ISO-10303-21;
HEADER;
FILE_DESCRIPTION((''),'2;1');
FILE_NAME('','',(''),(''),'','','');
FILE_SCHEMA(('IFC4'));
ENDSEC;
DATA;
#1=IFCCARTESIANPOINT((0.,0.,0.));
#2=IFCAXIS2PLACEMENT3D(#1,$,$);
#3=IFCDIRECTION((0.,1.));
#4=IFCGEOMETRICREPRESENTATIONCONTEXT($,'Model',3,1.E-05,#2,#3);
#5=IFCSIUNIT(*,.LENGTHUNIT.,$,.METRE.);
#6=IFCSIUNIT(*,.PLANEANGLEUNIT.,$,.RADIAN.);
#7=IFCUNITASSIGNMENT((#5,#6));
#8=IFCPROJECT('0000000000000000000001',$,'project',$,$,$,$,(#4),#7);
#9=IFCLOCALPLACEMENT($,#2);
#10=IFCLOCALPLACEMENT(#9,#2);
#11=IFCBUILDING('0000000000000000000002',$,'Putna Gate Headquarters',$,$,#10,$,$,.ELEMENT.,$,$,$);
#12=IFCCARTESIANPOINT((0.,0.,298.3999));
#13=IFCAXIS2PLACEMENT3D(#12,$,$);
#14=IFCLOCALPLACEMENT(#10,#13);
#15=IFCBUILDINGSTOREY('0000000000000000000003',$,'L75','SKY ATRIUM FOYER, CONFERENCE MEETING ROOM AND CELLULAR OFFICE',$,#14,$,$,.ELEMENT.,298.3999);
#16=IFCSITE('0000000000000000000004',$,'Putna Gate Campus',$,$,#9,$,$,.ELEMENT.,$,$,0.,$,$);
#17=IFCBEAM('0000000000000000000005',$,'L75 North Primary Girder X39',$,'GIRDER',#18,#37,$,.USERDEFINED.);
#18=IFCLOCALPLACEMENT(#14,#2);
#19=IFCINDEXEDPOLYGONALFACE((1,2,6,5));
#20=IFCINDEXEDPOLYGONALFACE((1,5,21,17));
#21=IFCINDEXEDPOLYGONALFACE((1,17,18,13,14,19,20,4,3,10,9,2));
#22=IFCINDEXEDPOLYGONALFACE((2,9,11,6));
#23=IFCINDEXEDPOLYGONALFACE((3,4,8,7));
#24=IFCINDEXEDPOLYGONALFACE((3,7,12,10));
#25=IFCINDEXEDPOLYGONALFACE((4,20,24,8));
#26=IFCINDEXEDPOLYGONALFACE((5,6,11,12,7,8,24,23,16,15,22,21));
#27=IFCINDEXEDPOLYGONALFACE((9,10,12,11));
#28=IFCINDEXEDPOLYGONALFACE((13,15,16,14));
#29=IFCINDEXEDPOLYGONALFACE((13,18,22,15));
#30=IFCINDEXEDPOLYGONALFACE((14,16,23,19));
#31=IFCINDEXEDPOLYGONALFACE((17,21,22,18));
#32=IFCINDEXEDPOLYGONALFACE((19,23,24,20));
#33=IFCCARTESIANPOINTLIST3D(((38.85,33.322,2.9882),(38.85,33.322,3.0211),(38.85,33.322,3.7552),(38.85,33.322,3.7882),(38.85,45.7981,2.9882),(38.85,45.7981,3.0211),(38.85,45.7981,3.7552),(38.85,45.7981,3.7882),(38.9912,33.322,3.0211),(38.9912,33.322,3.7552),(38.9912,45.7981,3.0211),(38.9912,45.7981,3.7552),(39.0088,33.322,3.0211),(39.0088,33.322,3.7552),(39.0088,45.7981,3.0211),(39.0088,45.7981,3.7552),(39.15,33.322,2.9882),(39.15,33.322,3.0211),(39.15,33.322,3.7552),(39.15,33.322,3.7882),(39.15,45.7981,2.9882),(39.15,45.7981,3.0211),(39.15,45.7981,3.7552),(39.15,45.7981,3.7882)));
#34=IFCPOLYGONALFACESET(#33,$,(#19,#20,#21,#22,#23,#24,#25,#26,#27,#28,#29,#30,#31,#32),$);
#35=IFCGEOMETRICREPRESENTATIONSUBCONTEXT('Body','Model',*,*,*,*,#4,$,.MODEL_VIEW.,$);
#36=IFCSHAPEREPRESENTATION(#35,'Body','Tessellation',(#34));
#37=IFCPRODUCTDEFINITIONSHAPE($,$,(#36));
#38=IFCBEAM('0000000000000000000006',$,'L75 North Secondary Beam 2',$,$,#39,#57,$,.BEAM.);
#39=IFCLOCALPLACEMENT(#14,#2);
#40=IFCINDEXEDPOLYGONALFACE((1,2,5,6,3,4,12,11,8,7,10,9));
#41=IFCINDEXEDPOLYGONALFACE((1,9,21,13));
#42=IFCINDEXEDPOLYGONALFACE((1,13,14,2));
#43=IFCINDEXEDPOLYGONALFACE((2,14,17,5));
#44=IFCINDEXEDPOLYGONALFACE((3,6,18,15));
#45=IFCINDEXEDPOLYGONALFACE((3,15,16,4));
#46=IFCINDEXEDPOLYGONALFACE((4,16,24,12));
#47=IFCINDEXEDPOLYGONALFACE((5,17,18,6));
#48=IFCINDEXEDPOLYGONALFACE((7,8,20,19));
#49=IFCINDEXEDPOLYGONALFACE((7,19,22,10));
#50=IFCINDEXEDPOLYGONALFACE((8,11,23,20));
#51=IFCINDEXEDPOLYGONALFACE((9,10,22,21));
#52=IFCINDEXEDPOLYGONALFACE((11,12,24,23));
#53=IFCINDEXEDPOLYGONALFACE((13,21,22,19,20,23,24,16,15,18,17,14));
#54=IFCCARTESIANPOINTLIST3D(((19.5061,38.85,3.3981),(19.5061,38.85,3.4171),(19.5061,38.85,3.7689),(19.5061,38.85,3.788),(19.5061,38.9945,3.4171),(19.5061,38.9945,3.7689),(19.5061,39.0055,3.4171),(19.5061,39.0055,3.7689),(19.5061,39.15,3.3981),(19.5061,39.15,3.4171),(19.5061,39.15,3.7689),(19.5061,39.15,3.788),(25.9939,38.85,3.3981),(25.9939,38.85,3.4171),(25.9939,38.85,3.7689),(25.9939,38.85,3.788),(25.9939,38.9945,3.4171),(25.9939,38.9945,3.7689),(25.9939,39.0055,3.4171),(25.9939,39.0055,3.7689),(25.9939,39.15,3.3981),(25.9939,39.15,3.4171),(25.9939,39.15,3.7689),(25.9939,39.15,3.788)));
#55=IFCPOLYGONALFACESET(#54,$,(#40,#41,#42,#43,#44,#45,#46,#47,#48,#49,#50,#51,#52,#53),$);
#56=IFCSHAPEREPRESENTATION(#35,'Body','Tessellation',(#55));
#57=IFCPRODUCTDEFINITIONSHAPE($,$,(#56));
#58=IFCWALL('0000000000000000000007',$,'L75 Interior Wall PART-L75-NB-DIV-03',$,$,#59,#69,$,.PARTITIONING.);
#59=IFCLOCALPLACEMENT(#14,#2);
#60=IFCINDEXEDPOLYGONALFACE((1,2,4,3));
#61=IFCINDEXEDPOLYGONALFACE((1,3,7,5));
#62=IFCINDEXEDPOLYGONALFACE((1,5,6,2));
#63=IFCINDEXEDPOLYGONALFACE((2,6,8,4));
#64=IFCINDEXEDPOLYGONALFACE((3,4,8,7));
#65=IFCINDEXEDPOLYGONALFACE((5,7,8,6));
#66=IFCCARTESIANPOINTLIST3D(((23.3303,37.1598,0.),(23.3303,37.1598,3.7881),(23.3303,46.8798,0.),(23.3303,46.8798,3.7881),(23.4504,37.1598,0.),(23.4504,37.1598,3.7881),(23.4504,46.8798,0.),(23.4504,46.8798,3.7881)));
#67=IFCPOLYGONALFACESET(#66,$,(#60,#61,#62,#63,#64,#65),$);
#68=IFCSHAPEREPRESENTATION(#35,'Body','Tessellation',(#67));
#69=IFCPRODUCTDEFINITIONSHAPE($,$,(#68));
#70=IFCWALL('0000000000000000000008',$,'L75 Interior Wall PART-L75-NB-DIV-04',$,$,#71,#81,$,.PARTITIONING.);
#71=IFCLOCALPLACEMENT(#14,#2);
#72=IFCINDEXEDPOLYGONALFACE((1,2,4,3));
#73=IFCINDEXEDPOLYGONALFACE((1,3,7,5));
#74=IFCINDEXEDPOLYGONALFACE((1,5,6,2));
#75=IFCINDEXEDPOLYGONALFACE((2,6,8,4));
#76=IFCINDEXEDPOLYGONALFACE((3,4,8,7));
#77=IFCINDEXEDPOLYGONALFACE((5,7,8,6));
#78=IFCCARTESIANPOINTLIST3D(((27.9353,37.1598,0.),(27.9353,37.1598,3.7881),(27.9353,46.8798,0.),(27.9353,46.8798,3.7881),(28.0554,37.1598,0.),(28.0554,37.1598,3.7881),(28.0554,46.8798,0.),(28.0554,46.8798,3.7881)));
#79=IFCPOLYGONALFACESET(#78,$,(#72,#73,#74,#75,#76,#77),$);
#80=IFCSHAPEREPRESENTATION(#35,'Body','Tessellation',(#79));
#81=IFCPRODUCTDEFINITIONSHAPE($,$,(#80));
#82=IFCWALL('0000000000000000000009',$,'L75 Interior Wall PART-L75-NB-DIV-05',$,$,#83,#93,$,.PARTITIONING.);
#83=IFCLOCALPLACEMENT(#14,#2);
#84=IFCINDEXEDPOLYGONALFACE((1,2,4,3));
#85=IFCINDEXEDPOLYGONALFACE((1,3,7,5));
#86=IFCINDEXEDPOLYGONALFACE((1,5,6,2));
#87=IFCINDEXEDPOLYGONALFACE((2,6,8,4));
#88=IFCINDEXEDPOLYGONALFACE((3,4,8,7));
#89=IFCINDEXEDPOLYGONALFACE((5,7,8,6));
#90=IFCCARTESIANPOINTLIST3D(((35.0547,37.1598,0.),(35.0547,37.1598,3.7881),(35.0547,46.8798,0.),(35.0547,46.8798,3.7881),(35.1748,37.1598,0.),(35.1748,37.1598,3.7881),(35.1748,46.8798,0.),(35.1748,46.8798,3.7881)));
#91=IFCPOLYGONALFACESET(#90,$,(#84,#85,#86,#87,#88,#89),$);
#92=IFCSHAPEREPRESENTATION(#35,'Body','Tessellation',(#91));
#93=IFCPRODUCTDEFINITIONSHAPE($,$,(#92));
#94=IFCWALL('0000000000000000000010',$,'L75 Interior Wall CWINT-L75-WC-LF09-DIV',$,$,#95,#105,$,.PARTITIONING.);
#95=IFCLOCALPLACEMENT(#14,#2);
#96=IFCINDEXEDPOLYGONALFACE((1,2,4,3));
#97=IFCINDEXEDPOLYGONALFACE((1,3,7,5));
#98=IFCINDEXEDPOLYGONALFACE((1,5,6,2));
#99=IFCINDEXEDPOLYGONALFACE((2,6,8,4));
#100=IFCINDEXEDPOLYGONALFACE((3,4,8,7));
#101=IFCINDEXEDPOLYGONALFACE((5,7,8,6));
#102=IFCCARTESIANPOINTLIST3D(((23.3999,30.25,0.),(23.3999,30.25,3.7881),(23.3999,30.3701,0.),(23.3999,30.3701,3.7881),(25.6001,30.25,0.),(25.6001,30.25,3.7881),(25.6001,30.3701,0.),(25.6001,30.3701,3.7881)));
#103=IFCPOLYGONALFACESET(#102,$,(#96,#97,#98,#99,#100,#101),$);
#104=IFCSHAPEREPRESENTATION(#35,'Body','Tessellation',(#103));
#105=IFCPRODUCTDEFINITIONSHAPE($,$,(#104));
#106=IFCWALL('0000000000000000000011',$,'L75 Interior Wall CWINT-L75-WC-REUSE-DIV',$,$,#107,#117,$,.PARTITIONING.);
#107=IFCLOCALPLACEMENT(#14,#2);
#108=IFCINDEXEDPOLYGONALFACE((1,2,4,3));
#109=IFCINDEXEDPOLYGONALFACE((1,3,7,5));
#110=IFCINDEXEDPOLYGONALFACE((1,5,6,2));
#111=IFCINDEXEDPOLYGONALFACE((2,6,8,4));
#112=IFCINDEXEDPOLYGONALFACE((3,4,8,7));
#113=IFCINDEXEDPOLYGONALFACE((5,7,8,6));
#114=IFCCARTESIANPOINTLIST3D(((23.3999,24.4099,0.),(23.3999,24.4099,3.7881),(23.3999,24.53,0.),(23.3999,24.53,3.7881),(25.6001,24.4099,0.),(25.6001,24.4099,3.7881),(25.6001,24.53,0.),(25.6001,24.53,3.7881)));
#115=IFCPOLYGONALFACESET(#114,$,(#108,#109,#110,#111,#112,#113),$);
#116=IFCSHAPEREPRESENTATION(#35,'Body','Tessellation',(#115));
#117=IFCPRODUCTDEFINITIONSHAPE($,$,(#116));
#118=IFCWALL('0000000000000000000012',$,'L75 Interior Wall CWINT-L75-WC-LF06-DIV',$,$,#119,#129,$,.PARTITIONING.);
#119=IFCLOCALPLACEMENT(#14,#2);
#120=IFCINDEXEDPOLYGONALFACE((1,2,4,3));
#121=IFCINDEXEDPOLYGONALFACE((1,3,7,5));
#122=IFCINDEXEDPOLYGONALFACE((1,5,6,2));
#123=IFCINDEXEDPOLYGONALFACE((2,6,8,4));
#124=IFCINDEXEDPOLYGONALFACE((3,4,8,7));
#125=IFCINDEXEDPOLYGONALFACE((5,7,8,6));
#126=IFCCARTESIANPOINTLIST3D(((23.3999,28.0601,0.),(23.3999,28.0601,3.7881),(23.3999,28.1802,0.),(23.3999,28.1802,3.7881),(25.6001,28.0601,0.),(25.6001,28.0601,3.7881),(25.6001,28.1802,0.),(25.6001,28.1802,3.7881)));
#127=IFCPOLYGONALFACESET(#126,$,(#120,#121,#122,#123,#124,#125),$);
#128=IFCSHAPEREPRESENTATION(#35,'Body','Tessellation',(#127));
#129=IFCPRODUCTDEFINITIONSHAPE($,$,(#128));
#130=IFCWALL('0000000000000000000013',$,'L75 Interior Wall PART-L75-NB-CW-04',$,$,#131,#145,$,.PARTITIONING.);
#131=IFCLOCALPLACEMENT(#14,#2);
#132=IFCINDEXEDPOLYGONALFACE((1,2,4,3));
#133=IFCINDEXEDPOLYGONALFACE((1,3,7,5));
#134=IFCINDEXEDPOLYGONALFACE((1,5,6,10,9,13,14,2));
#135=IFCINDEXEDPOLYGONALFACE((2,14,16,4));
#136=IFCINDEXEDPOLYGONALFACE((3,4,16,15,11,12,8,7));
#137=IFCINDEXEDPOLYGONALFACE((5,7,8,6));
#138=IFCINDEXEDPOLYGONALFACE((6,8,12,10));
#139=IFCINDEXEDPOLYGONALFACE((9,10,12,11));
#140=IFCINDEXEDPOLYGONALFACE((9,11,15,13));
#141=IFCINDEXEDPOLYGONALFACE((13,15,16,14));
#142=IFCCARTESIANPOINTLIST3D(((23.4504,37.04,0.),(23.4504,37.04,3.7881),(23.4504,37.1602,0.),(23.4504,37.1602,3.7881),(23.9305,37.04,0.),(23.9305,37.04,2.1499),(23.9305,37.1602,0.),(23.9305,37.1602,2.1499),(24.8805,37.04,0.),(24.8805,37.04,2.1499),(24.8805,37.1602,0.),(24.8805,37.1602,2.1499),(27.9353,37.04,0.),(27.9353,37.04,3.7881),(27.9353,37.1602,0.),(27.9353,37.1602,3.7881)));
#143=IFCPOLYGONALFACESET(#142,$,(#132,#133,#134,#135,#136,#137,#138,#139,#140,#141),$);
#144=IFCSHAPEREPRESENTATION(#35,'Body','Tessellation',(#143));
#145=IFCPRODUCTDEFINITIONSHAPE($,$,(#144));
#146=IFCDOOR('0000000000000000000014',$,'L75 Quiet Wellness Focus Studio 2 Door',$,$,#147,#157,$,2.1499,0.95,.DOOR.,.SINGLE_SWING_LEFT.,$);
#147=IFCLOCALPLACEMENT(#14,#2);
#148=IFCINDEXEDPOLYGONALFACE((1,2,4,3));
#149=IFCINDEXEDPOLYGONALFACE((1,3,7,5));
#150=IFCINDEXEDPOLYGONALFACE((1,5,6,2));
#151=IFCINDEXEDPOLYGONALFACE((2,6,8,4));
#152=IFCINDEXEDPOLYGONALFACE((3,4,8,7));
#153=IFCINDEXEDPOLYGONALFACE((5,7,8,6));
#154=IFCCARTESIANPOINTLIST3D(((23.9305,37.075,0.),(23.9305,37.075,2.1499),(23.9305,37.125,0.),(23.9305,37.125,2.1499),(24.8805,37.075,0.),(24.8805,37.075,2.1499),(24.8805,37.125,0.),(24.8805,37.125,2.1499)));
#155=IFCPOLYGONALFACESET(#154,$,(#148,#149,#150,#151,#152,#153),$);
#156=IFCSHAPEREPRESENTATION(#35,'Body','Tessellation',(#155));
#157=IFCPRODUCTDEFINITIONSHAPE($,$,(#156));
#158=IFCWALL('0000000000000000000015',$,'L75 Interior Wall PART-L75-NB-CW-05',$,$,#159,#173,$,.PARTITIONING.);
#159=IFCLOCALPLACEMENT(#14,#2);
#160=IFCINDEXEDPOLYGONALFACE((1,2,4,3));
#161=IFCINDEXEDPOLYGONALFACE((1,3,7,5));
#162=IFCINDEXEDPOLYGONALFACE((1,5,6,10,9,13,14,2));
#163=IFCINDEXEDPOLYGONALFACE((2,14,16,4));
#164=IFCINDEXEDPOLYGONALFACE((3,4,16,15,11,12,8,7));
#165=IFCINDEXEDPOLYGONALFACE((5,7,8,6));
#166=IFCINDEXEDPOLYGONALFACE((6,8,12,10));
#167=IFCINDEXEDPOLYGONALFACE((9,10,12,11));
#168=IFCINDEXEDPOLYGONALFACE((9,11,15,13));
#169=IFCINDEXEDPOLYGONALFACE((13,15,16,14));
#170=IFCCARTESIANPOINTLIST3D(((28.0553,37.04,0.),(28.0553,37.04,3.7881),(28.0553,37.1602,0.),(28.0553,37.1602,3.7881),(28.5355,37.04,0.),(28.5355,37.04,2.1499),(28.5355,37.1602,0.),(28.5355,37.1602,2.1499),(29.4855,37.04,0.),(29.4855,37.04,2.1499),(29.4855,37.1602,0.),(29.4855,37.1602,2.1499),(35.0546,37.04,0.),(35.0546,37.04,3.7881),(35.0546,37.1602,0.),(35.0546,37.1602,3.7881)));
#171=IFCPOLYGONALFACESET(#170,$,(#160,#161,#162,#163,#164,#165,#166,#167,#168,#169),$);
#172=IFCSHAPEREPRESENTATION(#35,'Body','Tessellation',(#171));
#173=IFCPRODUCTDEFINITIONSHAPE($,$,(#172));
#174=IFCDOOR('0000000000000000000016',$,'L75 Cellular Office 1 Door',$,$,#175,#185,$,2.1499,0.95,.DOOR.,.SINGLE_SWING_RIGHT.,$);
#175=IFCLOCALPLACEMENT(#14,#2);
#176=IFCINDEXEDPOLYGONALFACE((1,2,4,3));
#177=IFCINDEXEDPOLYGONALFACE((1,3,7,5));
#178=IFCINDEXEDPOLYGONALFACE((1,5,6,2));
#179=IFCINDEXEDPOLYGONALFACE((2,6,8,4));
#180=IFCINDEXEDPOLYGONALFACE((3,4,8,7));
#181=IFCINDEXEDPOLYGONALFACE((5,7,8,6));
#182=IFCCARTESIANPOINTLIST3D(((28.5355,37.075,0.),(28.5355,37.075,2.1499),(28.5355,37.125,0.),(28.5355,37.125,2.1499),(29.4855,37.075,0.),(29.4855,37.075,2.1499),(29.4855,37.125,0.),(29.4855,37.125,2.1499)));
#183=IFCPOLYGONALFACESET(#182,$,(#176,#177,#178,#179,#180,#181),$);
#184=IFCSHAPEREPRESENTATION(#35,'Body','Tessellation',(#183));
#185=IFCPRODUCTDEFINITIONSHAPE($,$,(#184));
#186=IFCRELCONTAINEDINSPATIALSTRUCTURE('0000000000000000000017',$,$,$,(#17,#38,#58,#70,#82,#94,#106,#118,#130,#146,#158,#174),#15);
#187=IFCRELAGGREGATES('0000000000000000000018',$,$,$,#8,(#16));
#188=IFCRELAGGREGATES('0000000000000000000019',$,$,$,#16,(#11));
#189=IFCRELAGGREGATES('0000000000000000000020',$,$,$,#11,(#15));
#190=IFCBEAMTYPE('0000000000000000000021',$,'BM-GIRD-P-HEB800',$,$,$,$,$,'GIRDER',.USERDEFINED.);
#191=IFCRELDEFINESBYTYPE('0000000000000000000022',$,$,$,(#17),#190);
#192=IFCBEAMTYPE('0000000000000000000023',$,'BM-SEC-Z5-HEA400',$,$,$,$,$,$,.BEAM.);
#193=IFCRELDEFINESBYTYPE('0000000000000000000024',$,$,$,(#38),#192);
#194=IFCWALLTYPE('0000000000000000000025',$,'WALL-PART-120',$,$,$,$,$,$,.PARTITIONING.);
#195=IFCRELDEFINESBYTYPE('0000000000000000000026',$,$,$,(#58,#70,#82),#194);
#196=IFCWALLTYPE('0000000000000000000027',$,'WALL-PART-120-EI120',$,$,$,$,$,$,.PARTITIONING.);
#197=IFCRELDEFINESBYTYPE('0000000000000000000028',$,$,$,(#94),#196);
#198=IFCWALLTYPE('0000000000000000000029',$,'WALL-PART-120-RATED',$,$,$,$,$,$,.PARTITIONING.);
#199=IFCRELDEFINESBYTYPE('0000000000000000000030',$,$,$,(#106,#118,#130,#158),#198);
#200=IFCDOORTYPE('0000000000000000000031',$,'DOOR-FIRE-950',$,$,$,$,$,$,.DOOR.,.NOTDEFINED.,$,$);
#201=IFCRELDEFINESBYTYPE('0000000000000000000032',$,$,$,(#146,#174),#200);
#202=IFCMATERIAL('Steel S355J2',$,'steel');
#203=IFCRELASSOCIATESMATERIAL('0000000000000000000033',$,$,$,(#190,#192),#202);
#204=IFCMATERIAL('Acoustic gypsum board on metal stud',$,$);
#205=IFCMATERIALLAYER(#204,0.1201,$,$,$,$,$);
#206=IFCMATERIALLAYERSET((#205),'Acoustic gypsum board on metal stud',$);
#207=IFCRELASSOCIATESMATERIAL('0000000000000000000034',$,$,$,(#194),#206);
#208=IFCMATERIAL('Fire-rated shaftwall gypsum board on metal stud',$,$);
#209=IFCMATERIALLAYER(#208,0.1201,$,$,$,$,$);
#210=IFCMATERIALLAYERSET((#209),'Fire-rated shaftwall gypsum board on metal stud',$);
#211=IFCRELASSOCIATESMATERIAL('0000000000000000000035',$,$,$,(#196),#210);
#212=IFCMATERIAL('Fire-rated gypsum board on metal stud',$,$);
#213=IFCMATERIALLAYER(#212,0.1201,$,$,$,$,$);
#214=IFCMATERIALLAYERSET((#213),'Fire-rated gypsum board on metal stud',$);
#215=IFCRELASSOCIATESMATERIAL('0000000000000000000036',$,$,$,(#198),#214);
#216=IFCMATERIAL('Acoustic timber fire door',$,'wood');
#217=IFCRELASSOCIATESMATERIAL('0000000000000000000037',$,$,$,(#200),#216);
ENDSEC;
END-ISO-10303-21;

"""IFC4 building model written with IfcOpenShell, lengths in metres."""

from ifc_helpers import new_model, si_unit, direction, frame, frame_2d, origin, origin_2d, place, context, subcontext, project, spatial, rectangle, i_section, extrude, material, layer, layer_set, material_profile, profile_set, type_object, element, fill, save


model = new_model("IFC4")

# Units and contexts
model_context = context("Model", 3, precision=1e-05, world=origin(), true_north=direction((0.0, 1.0)))
body_context = subcontext(model_context, "Body", "Model", "MODEL_VIEW")
ifc_project = project(units=[si_unit("LENGTHUNIT", "METRE"), si_unit("PLANEANGLEUNIT", "RADIAN")], contexts=[model_context])

# Site, building, storey
site_placement = place(None, origin())
site = spatial("IfcSite", under=ifc_project, at=site_placement, Name="Putna Gate Campus", CompositionType="ELEMENT", RefElevation=0.0)
building_placement = place(site_placement, origin())
building = spatial("IfcBuilding", under=site, at=building_placement, Name="Putna Gate Headquarters", CompositionType="ELEMENT")
storey_placement = place(building_placement, frame((0.0, 0.0, 298.3999)))
storey = spatial("IfcBuildingStorey", under=building, at=storey_placement, Name="L75", Description="SKY ATRIUM FOYER, CONFERENCE MEETING ROOM AND CELLULAR OFFICE", CompositionType="ELEMENT", Elevation=298.3999)

# Beams
ifc_material_1 = material(Name="Steel S355J2", Category="steel")
ifc_material_profile_1 = material_profile(ifc_material_1, i_section(OverallWidth=0.3, OverallDepth=0.8, WebThickness=0.0176, FlangeThickness=0.033, at=origin_2d()), Name="Steel S355J2")
ifc_profile_set_1 = profile_set([ifc_material_profile_1], Name="Steel S355J2")
beam_type_1 = type_object("IfcBeamType", Name="BM-GIRD-P-HEB800", ElementType="GIRDER", PredefinedType="USERDEFINED", material=ifc_profile_set_1)
for number, where, z_axis, x_axis, name in (
    (1, (39.0, 33.322, 3.3882), (0.0, 1.0, 0.0), (-1.0, 0.0, 0.0), "L75 North Primary Girder X39"),
):
    element("IfcBeam", number, at=place(storey_placement, frame(where, z_axis=z_axis, x_axis=x_axis)), inside=storey, type_object=beam_type_1, Name=name, ObjectType="GIRDER", PredefinedType="USERDEFINED", context=body_context, shape_type="SweptSolid", body=[
        extrude(i_section(OverallWidth=0.3, OverallDepth=0.8, WebThickness=0.0176, FlangeThickness=0.033, at=origin_2d()), origin(), (0.0, 0.0, 1.0), 12.4761),
    ])
ifc_material_profile_2 = material_profile(ifc_material_1, i_section(OverallWidth=0.3, OverallDepth=0.3899, WebThickness=0.011, FlangeThickness=0.019, at=origin_2d()), Name="Steel S355J2")
ifc_profile_set_2 = profile_set([ifc_material_profile_2], Name="Steel S355J2")
beam_type_2 = type_object("IfcBeamType", Name="BM-SEC-Z5-HEA400", PredefinedType="BEAM", material=ifc_profile_set_2)
beam_1_placement = place(storey_placement, frame((19.5061, 39.0, 3.593), z_axis=(1.0, 0.0, 0.0), x_axis=(0.0, 1.0, 0.0)))
element("IfcBeam", 2, at=beam_1_placement, inside=storey, type_object=beam_type_2, Name="L75 North Secondary Beam 2", PredefinedType="BEAM", context=body_context, shape_type="SweptSolid", body=[
    extrude(i_section(OverallWidth=0.3, OverallDepth=0.3899, WebThickness=0.011, FlangeThickness=0.019, at=origin_2d()), origin(), (0.0, 0.0, 1.0), 6.4878),
])

# Walls
ifc_material_2 = material(Name="Acoustic gypsum board on metal stud")
ifc_layer_1 = layer(ifc_material_2, 0.1201)
ifc_layer_set_1 = layer_set([ifc_layer_1], Name="Acoustic gypsum board on metal stud")
wall_type_1 = type_object("IfcWallType", Name="WALL-PART-120", PredefinedType="PARTITIONING", material=ifc_layer_set_1)
for number, where, z_axis, x_axis, name in (
    (3, (23.3904, 37.1599, 0.0), (0.0, 0.0, 1.0), (0.0, 1.0, 0.0), "L75 Interior Wall PART-L75-NB-DIV-03"),
    (4, (27.9954, 37.1599, 0.0), (0.0, 0.0, 1.0), (0.0, 1.0, 0.0), "L75 Interior Wall PART-L75-NB-DIV-04"),
    (5, (35.1147, 37.1599, 0.0), (0.0, 0.0, 1.0), (0.0, 1.0, 0.0), "L75 Interior Wall PART-L75-NB-DIV-05"),
):
    element("IfcWall", number, at=place(storey_placement, frame(where, z_axis=z_axis, x_axis=x_axis)), inside=storey, type_object=wall_type_1, Name=name, PredefinedType="PARTITIONING", context=body_context, shape_type="SweptSolid", body=[
        extrude(rectangle(XDim=9.72, YDim=0.1201, at=frame_2d((4.8599, 0.0))), origin(), (0.0, 0.0, 1.0), 3.7881),
    ])
ifc_material_3 = material(Name="Fire-rated shaftwall gypsum board on metal stud")
ifc_layer_2 = layer(ifc_material_3, 0.1201)
ifc_layer_set_2 = layer_set([ifc_layer_2], Name="Fire-rated shaftwall gypsum board on metal stud")
wall_type_2 = type_object("IfcWallType", Name="WALL-PART-120-EI120", PredefinedType="PARTITIONING", material=ifc_layer_set_2)
wall_1_placement = place(storey_placement, frame((23.3999, 30.3101, 0.0), z_axis=(0.0, 0.0, 1.0), x_axis=(1.0, 0.0, 0.0)))
element("IfcWall", 6, at=wall_1_placement, inside=storey, type_object=wall_type_2, Name="L75 Interior Wall CWINT-L75-WC-LF09-DIV", PredefinedType="PARTITIONING", context=body_context, shape_type="SweptSolid", body=[
    extrude(rectangle(XDim=2.2002, YDim=0.1201, at=frame_2d((1.1001, 0.0))), origin(), (0.0, 0.0, 1.0), 3.7881),
])
ifc_material_4 = material(Name="Fire-rated gypsum board on metal stud")
ifc_layer_3 = layer(ifc_material_4, 0.1201)
ifc_layer_set_3 = layer_set([ifc_layer_3], Name="Fire-rated gypsum board on metal stud")
wall_type_3 = type_object("IfcWallType", Name="WALL-PART-120-RATED", PredefinedType="PARTITIONING", material=ifc_layer_set_3)
for number, where, z_axis, x_axis, name in (
    (7, (23.3999, 24.47, 0.0), (0.0, 0.0, 1.0), (1.0, 0.0, 0.0), "L75 Interior Wall CWINT-L75-WC-REUSE-DIV"),
    (8, (23.3999, 28.1201, 0.0), (0.0, 0.0, 1.0), (1.0, 0.0, 0.0), "L75 Interior Wall CWINT-L75-WC-LF06-DIV"),
):
    element("IfcWall", number, at=place(storey_placement, frame(where, z_axis=z_axis, x_axis=x_axis)), inside=storey, type_object=wall_type_3, Name=name, PredefinedType="PARTITIONING", context=body_context, shape_type="SweptSolid", body=[
        extrude(rectangle(XDim=2.2002, YDim=0.1201, at=frame_2d((1.1001, 0.0))), origin(), (0.0, 0.0, 1.0), 3.7881),
    ])

# Walls, openings, doors
wall_2_placement = place(storey_placement, frame((23.4504, 37.1001, 0.0), z_axis=(0.0, 0.0, 1.0), x_axis=(1.0, 0.0, 0.0)))
wall_2 = element("IfcWall", 9, at=wall_2_placement, inside=storey, type_object=wall_type_3, Name="L75 Interior Wall PART-L75-NB-CW-04", PredefinedType="PARTITIONING", context=body_context, shape_type="SweptSolid", body=[
    extrude(rectangle(XDim=4.4849, YDim=0.1201, at=frame_2d((2.2424, 0.0))), origin(), (0.0, 0.0, 1.0), 3.7881),
])
opening_1_placement = place(wall_2_placement, frame((0.48, 0.0, 0.0)))
opening_1 = element("IfcOpeningElement", 10, at=opening_1_placement, cuts=wall_2, PredefinedType="OPENING", context=body_context, shape_type="SweptSolid", body=[
    extrude(rectangle(XDim=0.95, YDim=2.1499, at=frame_2d((0.4751, 1.075))), frame((0.0, 0.0701, 0.0), z_axis=(0.0, -1.0, 0.0), x_axis=(1.0, 0.0, 0.0)), (0.0, 0.0, 1.0), 0.1401),
])
ifc_material_5 = material(Name="Acoustic timber fire door", Category="wood")
door_type = type_object("IfcDoorType", Name="DOOR-FIRE-950", OperationType="NOTDEFINED", PredefinedType="DOOR", material=ifc_material_5)
door_1_placement = place(opening_1_placement, origin())
door_1 = element("IfcDoor", 11, at=door_1_placement, inside=storey, type_object=door_type, Name="L75 Quiet Wellness Focus Studio 2 Door", OperationType="SINGLE_SWING_LEFT", OverallHeight=2.1499, OverallWidth=0.95, PredefinedType="DOOR", context=body_context, shape_type="SweptSolid", body=[
    extrude(rectangle(XDim=0.95, YDim=2.1499, at=frame_2d((0.4751, 1.075))), frame((0.0, 0.0249, 0.0), z_axis=(0.0, -1.0, 0.0), x_axis=(1.0, 0.0, 0.0)), (0.0, 0.0, 1.0), 0.05),
])
fill(opening_1, door_1)
wall_3_placement = place(storey_placement, frame((28.0554, 37.1001, 0.0), z_axis=(0.0, 0.0, 1.0), x_axis=(1.0, 0.0, 0.0)))
wall_3 = element("IfcWall", 12, at=wall_3_placement, inside=storey, type_object=wall_type_3, Name="L75 Interior Wall PART-L75-NB-CW-05", PredefinedType="PARTITIONING", context=body_context, shape_type="SweptSolid", body=[
    extrude(rectangle(XDim=6.9993, YDim=0.1201, at=frame_2d((3.4995, 0.0))), origin(), (0.0, 0.0, 1.0), 3.7881),
])
opening_2_placement = place(wall_3_placement, frame((0.48, 0.0, 0.0)))
opening_2 = element("IfcOpeningElement", 13, at=opening_2_placement, cuts=wall_3, PredefinedType="OPENING", context=body_context, shape_type="SweptSolid", body=[
    extrude(rectangle(XDim=0.95, YDim=2.1499, at=frame_2d((0.4751, 1.075))), frame((0.0, 0.0701, 0.0), z_axis=(0.0, -1.0, 0.0), x_axis=(1.0, 0.0, 0.0)), (0.0, 0.0, 1.0), 0.1401),
])
door_2_placement = place(opening_2_placement, origin())
door_2 = element("IfcDoor", 14, at=door_2_placement, inside=storey, type_object=door_type, Name="L75 Cellular Office 1 Door", OperationType="SINGLE_SWING_RIGHT", OverallHeight=2.1499, OverallWidth=0.95, PredefinedType="DOOR", context=body_context, shape_type="SweptSolid", body=[
    extrude(rectangle(XDim=0.95, YDim=2.1499, at=frame_2d((0.4751, 1.075))), frame((0.0, 0.0249, 0.0), z_axis=(0.0, -1.0, 0.0), x_axis=(1.0, 0.0, 0.0)), (0.0, 0.0, 1.0), 0.05),
])
fill(opening_2, door_2)

save(model, "model.ifc")
